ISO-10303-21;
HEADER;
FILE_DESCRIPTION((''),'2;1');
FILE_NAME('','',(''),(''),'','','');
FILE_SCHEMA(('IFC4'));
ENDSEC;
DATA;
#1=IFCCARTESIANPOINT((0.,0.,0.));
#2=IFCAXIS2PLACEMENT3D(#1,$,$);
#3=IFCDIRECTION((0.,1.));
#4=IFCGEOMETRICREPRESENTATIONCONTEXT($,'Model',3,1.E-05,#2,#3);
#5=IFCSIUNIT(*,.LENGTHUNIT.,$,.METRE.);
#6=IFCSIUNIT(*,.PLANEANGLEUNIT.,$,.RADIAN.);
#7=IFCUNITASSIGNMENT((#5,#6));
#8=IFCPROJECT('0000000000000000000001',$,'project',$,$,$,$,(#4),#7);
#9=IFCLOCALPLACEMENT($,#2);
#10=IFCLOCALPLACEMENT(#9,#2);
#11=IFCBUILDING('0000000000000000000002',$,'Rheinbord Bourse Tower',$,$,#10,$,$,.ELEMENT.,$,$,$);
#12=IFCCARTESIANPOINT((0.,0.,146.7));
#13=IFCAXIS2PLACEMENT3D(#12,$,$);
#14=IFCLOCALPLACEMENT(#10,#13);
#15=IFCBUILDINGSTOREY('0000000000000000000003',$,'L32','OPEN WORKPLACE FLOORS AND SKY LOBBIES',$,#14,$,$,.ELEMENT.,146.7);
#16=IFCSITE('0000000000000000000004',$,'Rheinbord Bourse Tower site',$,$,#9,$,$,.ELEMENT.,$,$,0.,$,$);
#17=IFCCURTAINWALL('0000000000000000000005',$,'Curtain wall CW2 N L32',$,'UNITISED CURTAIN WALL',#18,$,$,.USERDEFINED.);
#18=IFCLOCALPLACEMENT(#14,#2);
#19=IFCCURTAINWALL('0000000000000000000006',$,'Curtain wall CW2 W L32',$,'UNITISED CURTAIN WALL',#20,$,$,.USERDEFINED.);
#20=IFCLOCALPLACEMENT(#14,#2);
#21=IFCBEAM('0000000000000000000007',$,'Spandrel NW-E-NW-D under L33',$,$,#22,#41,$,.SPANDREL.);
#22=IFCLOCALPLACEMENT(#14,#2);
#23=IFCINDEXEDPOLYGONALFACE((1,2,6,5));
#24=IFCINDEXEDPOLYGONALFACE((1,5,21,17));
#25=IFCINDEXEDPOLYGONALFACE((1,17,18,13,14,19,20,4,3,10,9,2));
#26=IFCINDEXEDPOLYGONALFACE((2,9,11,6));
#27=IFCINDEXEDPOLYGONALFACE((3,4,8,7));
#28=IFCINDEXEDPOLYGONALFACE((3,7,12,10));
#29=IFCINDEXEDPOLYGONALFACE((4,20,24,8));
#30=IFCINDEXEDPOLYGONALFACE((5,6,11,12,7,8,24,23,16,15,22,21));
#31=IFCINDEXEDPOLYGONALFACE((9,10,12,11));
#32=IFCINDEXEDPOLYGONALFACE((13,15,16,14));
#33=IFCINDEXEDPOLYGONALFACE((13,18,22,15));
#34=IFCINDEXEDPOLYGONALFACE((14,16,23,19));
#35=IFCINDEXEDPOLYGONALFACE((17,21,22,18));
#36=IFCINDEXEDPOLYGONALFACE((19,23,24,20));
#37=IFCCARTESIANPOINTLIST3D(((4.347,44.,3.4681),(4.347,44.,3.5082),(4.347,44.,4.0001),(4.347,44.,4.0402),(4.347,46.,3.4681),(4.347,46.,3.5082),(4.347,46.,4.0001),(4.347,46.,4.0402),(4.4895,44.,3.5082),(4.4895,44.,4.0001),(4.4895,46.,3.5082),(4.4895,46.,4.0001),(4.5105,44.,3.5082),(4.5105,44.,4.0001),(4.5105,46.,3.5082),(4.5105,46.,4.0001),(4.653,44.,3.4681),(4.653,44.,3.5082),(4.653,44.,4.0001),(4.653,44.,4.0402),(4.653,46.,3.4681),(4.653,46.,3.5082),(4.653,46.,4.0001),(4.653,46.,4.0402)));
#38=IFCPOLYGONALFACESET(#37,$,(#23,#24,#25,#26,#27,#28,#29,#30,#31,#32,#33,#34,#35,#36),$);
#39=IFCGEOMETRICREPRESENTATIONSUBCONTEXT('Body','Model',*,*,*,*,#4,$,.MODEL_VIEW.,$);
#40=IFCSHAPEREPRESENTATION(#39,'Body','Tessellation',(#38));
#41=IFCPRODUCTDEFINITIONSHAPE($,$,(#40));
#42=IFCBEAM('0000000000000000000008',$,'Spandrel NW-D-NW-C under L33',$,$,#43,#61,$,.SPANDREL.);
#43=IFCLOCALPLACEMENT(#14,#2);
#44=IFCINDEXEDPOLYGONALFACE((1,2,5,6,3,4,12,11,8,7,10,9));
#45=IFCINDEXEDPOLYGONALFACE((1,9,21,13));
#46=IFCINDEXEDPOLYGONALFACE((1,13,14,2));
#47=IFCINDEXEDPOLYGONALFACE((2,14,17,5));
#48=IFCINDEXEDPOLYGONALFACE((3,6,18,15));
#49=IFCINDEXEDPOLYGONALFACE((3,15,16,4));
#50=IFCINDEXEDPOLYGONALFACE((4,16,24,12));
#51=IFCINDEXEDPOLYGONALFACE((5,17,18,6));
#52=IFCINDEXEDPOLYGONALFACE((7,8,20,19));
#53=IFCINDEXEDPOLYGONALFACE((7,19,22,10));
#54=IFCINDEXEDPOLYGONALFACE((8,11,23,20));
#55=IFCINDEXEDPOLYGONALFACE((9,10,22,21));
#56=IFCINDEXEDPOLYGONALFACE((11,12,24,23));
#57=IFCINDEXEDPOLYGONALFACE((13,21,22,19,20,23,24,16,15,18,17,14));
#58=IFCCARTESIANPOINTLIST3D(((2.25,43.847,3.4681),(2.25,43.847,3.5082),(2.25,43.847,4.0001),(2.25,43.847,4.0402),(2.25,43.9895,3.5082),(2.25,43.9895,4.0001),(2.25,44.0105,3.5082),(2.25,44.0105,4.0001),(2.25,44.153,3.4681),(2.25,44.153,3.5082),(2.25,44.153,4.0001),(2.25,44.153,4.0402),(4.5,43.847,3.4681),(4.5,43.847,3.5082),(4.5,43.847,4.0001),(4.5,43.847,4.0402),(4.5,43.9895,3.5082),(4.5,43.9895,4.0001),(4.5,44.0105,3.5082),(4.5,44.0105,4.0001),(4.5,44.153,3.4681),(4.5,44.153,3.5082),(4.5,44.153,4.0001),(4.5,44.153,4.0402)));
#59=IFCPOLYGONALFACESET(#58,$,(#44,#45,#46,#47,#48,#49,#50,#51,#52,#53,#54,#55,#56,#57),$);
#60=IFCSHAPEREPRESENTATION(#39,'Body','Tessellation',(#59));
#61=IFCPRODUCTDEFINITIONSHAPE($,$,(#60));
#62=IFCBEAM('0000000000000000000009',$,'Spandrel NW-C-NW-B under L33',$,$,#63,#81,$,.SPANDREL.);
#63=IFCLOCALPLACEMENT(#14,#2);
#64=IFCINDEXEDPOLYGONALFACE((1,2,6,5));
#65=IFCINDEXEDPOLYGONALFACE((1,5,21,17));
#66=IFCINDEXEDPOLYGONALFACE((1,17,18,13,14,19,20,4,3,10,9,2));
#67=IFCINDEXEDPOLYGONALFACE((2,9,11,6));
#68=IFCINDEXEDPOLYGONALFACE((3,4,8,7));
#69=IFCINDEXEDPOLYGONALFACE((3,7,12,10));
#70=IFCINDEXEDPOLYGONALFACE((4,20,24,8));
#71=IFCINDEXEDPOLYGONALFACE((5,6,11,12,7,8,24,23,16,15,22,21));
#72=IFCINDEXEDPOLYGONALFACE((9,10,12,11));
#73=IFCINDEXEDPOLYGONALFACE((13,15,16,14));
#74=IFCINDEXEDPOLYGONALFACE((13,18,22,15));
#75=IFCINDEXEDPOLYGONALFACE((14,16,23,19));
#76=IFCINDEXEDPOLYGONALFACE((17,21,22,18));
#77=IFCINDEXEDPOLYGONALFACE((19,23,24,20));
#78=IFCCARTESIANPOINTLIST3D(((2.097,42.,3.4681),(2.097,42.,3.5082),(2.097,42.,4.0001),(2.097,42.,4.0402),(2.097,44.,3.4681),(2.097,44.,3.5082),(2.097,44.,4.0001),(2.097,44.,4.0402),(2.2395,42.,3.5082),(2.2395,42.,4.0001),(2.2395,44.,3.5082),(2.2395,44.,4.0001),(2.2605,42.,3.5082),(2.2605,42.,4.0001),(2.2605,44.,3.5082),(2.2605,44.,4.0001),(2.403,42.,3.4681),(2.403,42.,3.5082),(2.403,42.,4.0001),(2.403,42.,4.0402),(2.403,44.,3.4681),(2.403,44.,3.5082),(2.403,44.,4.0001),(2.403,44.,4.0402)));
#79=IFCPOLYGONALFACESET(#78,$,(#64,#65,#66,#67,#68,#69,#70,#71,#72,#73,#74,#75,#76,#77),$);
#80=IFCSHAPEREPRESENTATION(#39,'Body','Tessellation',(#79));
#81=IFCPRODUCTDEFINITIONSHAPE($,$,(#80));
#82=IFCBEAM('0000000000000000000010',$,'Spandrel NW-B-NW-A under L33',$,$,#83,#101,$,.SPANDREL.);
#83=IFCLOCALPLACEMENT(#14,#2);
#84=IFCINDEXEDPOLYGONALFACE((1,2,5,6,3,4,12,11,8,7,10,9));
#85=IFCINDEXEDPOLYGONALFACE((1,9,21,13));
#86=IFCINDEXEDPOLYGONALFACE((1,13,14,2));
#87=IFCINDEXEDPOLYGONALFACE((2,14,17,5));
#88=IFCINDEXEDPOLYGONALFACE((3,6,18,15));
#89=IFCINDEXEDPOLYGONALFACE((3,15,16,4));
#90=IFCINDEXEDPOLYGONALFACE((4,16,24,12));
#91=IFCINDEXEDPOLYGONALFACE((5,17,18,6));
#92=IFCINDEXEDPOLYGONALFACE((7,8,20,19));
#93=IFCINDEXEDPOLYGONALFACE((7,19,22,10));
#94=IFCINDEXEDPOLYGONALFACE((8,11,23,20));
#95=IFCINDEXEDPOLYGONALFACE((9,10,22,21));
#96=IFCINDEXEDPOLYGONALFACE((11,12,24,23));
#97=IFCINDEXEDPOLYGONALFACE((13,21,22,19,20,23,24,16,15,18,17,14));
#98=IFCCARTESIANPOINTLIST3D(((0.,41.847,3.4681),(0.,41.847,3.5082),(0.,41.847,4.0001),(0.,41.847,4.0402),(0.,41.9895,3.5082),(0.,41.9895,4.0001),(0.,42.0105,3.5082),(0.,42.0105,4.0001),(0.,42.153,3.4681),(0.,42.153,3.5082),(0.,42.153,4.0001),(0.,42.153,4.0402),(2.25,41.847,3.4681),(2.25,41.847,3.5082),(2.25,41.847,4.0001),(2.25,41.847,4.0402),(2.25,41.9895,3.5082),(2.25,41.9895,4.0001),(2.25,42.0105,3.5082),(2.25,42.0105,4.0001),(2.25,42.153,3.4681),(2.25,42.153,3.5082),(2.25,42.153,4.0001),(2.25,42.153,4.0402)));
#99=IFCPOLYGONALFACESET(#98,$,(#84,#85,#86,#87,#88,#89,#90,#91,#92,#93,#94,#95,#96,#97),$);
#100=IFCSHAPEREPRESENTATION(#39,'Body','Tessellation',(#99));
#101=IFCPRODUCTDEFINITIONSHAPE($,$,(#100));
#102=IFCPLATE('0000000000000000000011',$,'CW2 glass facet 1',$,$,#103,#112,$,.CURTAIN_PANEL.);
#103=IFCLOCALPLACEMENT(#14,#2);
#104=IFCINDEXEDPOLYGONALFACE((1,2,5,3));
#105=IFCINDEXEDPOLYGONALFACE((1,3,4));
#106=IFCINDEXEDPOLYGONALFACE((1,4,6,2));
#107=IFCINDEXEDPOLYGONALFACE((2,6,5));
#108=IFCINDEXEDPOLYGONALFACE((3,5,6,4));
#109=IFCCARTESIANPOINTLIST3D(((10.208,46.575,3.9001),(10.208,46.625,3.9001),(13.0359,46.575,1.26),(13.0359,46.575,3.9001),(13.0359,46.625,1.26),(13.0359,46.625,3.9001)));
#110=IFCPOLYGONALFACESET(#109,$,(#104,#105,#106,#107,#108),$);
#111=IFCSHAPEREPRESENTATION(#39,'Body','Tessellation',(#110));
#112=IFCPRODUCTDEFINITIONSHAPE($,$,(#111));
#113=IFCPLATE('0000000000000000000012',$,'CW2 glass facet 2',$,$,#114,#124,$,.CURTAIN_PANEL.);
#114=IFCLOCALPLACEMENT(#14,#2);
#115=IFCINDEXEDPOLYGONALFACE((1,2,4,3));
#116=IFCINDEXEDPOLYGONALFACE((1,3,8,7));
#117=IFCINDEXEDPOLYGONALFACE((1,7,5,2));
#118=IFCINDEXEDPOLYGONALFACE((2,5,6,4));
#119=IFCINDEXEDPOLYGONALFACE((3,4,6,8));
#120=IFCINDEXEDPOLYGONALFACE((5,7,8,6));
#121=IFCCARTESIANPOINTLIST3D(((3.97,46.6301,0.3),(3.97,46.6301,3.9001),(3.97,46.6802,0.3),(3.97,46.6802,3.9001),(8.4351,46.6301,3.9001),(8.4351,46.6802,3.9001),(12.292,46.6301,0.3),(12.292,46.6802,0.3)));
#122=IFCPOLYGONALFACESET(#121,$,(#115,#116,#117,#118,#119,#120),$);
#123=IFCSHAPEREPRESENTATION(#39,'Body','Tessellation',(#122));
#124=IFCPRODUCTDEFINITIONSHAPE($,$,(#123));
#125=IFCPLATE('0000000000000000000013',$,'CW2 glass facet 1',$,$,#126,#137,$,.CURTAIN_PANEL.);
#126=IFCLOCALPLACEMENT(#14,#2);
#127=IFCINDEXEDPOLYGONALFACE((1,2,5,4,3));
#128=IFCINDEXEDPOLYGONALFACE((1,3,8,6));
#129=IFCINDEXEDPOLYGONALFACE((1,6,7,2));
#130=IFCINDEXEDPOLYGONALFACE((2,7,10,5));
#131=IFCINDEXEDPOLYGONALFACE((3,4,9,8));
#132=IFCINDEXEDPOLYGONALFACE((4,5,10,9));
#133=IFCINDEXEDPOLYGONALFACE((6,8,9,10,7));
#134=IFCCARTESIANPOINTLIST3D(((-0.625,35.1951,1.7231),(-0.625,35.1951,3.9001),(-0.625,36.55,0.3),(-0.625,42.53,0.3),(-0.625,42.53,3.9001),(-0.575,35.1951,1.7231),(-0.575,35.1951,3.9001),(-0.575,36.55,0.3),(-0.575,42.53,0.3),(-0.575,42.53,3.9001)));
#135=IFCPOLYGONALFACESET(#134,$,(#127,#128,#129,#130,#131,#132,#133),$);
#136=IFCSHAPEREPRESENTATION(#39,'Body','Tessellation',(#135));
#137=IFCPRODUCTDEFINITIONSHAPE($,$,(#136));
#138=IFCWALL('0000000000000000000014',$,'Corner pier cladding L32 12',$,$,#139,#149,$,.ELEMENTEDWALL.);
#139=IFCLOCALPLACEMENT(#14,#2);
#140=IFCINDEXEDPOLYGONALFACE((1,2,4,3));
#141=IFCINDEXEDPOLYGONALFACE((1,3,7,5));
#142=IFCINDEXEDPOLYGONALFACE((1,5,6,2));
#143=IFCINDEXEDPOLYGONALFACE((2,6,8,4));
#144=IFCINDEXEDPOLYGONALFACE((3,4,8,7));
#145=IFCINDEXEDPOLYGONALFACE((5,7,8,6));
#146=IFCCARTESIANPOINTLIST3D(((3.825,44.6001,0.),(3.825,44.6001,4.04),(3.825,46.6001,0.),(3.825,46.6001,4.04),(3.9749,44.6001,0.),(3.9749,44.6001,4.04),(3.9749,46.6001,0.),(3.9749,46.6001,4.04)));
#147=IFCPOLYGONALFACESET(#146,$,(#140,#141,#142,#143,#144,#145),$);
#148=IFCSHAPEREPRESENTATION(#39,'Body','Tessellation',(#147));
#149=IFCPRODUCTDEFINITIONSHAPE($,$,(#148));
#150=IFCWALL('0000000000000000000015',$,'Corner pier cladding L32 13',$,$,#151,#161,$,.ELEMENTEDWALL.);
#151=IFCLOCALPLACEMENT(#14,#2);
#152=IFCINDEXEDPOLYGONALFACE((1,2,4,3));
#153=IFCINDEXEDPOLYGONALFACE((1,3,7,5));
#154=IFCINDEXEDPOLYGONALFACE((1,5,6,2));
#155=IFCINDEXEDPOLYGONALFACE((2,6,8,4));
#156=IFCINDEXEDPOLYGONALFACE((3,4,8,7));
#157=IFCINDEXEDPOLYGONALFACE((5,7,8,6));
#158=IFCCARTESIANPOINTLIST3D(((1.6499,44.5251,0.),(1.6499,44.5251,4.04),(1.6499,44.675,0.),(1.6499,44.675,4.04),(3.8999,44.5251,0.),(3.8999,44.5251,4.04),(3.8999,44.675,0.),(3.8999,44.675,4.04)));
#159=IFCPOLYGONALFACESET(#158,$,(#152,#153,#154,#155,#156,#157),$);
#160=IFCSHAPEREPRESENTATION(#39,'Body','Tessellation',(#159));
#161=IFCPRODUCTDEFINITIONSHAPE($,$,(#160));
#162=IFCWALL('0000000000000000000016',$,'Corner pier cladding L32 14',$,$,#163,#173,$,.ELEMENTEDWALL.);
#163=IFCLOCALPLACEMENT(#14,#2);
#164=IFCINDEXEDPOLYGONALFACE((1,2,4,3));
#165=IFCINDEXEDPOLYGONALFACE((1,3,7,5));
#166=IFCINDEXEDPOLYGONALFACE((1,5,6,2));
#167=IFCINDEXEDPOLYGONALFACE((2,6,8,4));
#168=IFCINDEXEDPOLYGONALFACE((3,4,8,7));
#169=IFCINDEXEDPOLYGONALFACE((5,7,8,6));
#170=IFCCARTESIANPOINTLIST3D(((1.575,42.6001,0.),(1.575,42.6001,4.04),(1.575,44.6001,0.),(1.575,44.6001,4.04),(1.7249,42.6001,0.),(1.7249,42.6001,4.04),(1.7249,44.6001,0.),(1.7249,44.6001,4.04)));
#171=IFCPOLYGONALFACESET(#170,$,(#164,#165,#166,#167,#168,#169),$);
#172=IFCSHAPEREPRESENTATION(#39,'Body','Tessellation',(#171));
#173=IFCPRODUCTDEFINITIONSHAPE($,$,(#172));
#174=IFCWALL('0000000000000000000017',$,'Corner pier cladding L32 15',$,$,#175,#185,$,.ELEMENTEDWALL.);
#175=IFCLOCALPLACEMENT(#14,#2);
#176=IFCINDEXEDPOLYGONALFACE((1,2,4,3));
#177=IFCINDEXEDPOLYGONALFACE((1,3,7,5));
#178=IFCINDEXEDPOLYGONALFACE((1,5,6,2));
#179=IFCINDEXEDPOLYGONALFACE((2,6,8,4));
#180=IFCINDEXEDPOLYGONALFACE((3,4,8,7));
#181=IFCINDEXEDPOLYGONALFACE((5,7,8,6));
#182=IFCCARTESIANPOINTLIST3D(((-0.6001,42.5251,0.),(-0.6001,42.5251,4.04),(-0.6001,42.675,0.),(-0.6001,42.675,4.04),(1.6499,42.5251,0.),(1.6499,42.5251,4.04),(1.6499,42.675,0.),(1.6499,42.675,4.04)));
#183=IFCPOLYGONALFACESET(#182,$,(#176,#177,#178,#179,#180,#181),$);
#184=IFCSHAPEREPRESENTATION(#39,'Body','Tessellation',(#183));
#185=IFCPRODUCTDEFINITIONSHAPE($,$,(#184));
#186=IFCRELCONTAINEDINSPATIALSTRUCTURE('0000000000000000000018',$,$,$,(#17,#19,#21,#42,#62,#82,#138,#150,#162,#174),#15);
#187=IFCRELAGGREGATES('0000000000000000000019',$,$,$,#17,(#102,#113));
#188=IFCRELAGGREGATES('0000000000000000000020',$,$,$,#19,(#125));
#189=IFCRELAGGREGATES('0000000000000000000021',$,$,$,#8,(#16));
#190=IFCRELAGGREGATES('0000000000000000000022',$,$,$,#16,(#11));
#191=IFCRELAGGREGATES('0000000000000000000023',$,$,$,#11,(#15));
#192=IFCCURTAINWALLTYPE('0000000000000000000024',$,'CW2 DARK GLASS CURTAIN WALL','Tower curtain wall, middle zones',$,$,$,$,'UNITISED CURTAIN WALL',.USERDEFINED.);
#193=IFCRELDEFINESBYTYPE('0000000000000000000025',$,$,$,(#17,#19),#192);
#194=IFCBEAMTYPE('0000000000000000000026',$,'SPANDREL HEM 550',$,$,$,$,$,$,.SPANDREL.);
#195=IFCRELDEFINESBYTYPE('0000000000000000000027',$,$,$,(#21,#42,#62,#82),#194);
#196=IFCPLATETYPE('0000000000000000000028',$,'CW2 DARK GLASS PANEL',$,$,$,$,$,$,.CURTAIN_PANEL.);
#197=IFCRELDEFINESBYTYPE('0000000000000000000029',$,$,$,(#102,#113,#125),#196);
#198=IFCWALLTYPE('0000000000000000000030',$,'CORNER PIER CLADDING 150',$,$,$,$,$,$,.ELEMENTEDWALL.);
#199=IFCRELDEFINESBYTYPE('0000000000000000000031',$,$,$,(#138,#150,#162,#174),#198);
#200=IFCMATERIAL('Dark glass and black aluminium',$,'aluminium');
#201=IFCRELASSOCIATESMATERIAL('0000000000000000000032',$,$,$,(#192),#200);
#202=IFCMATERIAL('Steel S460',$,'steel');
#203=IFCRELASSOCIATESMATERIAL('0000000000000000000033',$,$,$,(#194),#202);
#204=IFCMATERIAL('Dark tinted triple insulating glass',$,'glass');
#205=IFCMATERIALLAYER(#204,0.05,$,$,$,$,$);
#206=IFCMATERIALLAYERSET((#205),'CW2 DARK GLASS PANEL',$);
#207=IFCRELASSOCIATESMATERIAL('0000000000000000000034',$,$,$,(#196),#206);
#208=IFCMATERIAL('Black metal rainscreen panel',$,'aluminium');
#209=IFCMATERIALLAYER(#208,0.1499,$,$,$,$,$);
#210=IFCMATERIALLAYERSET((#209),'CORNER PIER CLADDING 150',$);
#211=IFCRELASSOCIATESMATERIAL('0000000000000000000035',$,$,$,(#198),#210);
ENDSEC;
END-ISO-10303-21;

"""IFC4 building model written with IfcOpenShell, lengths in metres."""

from ifc_helpers import new_model, si_unit, direction, frame, frame_2d, origin, origin_2d, place, context, subcontext, project, spatial, polyline, rectangle, i_section, outline, extrude, material, layer, layer_set, material_profile, profile_set, type_object, element, aggregate, save


model = new_model("IFC4")

# Units and contexts
model_context = context("Model", 3, precision=1e-05, world=origin(), true_north=direction((0.0, 1.0)))
body_context = subcontext(model_context, "Body", "Model", "MODEL_VIEW")
ifc_project = project(units=[si_unit("LENGTHUNIT", "METRE"), si_unit("PLANEANGLEUNIT", "RADIAN")], contexts=[model_context])

# Site, building, storey
site_placement = place(None, origin())
site = spatial("IfcSite", under=ifc_project, at=site_placement, Name="Rheinbord Bourse Tower site", CompositionType="ELEMENT", RefElevation=0.0)
building_placement = place(site_placement, origin())
building = spatial("IfcBuilding", under=site, at=building_placement, Name="Rheinbord Bourse Tower", CompositionType="ELEMENT")
storey_placement = place(building_placement, frame((0.0, 0.0, 146.7)))
storey = spatial("IfcBuildingStorey", under=building, at=storey_placement, Name="L32", Description="OPEN WORKPLACE FLOORS AND SKY LOBBIES", CompositionType="ELEMENT", Elevation=146.7)

# Curtain wall
ifc_material_1 = material(Name="Dark glass and black aluminium", Category="aluminium")
curtain_wall_type = type_object("IfcCurtainWallType", Name="CW2 DARK GLASS CURTAIN WALL", Description="Tower curtain wall, middle zones", ElementType="UNITISED CURTAIN WALL", PredefinedType="USERDEFINED", material=ifc_material_1)
curtain_wall_1_placement = place(storey_placement, origin())
curtain_wall_1 = element("IfcCurtainWall", 1, at=curtain_wall_1_placement, inside=storey, type_object=curtain_wall_type, Name="Curtain wall CW2 N L32", ObjectType="UNITISED CURTAIN WALL", PredefinedType="USERDEFINED")

# Curtain wall
curtain_wall_2_placement = place(storey_placement, origin())
curtain_wall_2 = element("IfcCurtainWall", 2, at=curtain_wall_2_placement, inside=storey, type_object=curtain_wall_type, Name="Curtain wall CW2 W L32", ObjectType="UNITISED CURTAIN WALL", PredefinedType="USERDEFINED")

# Beams
ifc_material_2 = material(Name="Steel S460", Category="steel")
ifc_material_profile_1 = material_profile(ifc_material_2, i_section(OverallWidth=0.3059, OverallDepth=0.572, WebThickness=0.021, FlangeThickness=0.04, at=origin_2d()), Name="HEM 550")
ifc_profile_set_1 = profile_set([ifc_material_profile_1], Name="Steel S460")
beam_type_1 = type_object("IfcBeamType", Name="SPANDREL HEM 550", PredefinedType="SPANDREL", material=ifc_profile_set_1)
beam_1_placement = place(storey_placement, frame((4.5, 46.0, 3.7542), z_axis=(0.0, -1.0, 0.0), x_axis=(1.0, 0.0, 0.0)))
element("IfcBeam", 3, at=beam_1_placement, inside=storey, type_object=beam_type_1, Name="Spandrel NW-E-NW-D under L33", PredefinedType="SPANDREL", context=body_context, shape_type="SweptSolid", body=[
    extrude(i_section(OverallWidth=0.3059, OverallDepth=0.572, WebThickness=0.021, FlangeThickness=0.04, at=origin_2d()), origin(), (0.0, 0.0, 1.0), 2.0),
])
beam_2_placement = place(storey_placement, frame((4.5, 44.0, 3.7542), z_axis=(-1.0, 0.0, 0.0), x_axis=(0.0, -1.0, 0.0)))
element("IfcBeam", 4, at=beam_2_placement, inside=storey, type_object=beam_type_1, Name="Spandrel NW-D-NW-C under L33", PredefinedType="SPANDREL", context=body_context, shape_type="SweptSolid", body=[
    extrude(i_section(OverallWidth=0.3059, OverallDepth=0.572, WebThickness=0.021, FlangeThickness=0.04, at=origin_2d()), origin(), (0.0, 0.0, 1.0), 2.25),
])
beam_3_placement = place(storey_placement, frame((2.25, 44.0, 3.7542), z_axis=(0.0, -1.0, 0.0), x_axis=(1.0, 0.0, 0.0)))
element("IfcBeam", 5, at=beam_3_placement, inside=storey, type_object=beam_type_1, Name="Spandrel NW-C-NW-B under L33", PredefinedType="SPANDREL", context=body_context, shape_type="SweptSolid", body=[
    extrude(i_section(OverallWidth=0.3059, OverallDepth=0.572, WebThickness=0.021, FlangeThickness=0.04, at=origin_2d()), origin(), (0.0, 0.0, 1.0), 2.0),
])
beam_4_placement = place(storey_placement, frame((2.25, 42.0, 3.7542), z_axis=(-1.0, 0.0, 0.0), x_axis=(0.0, -1.0, 0.0)))
element("IfcBeam", 6, at=beam_4_placement, inside=storey, type_object=beam_type_1, Name="Spandrel NW-B-NW-A under L33", PredefinedType="SPANDREL", context=body_context, shape_type="SweptSolid", body=[
    extrude(i_section(OverallWidth=0.3059, OverallDepth=0.572, WebThickness=0.021, FlangeThickness=0.04, at=origin_2d()), origin(), (0.0, 0.0, 1.0), 2.25),
])

# Plates
ifc_material_3 = material(Name="Dark tinted triple insulating glass", Category="glass")
ifc_layer_1 = layer(ifc_material_3, 0.05)
ifc_layer_set_1 = layer_set([ifc_layer_1], Name="CW2 DARK GLASS PANEL")
plate_type = type_object("IfcPlateType", Name="CW2 DARK GLASS PANEL", PredefinedType="CURTAIN_PANEL", material=ifc_layer_set_1)
plate_1_placement = place(storey_placement, frame((13.0359, 46.625, 3.9001), z_axis=(0.0, -1.0, 0.0), x_axis=(-1.0, 0.0, 0.0)))
plate_1 = element("IfcPlate", 7, at=plate_1_placement, type_object=plate_type, Name="CW2 glass facet 1", PredefinedType="CURTAIN_PANEL", context=body_context, shape_type="SweptSolid", body=[
    extrude(outline(polyline([(0.0, 0.0), (2.8279, 0.0), (0.0, 2.6401), (0.0, 0.0)])), origin(), (0.0, 0.0, 1.0), 0.05),
])
plate_2_placement = place(storey_placement, frame((3.97, 46.6802, 3.9001), z_axis=(0.0, -1.0, 0.0), x_axis=(0.0, 0.0, -1.0)))
plate_2 = element("IfcPlate", 8, at=plate_2_placement, type_object=plate_type, Name="CW2 glass facet 2", PredefinedType="CURTAIN_PANEL", context=body_context, shape_type="SweptSolid", body=[
    extrude(outline(polyline([(0.0, 0.0), (3.6001, 0.0), (3.6001, 8.322), (0.0, 4.4651), (0.0, 0.0)])), origin(), (0.0, 0.0, 1.0), 0.05),
])
aggregate(curtain_wall_1, [plate_1, plate_2])
plate_3_placement = place(storey_placement, frame((-0.625, 42.53, 0.3), z_axis=(1.0, 0.0, 0.0), x_axis=(0.0, 0.0, 1.0)))
plate_3 = element("IfcPlate", 9, at=plate_3_placement, type_object=plate_type, Name="CW2 glass facet 1", PredefinedType="CURTAIN_PANEL", context=body_context, shape_type="SweptSolid", body=[
    extrude(outline(polyline([(0.0, 0.0), (3.6001, 0.0), (3.6001, 7.335), (1.4231, 7.335), (0.0, 5.98), (0.0, 0.0)])), origin(), (0.0, 0.0, 1.0), 0.05),
])
aggregate(curtain_wall_2, [plate_3])

# Walls
ifc_material_4 = material(Name="Black metal rainscreen panel", Category="aluminium")
ifc_layer_2 = layer(ifc_material_4, 0.1499)
ifc_layer_set_2 = layer_set([ifc_layer_2], Name="CORNER PIER CLADDING 150")
wall_type = type_object("IfcWallType", Name="CORNER PIER CLADDING 150", PredefinedType="ELEMENTEDWALL", material=ifc_layer_set_2)
wall_1_placement = place(storey_placement, frame((3.8999, 46.6001, 0.0), z_axis=(0.0, 0.0, 1.0), x_axis=(0.0, -1.0, 0.0)))
element("IfcWall", 10, at=wall_1_placement, inside=storey, type_object=wall_type, Name="Corner pier cladding L32 12", PredefinedType="ELEMENTEDWALL", context=body_context, shape_type="SweptSolid", body=[
    extrude(rectangle(XDim=2.0, YDim=0.1499, at=frame_2d((1.0, 0.0))), origin(), (0.0, 0.0, 1.0), 4.04),
])
wall_2_placement = place(storey_placement, frame((3.8999, 44.6001, 0.0), z_axis=(0.0, 0.0, 1.0), x_axis=(-1.0, 0.0, 0.0)))
element("IfcWall", 11, at=wall_2_placement, inside=storey, type_object=wall_type, Name="Corner pier cladding L32 13", PredefinedType="ELEMENTEDWALL", context=body_context, shape_type="SweptSolid", body=[
    extrude(rectangle(XDim=2.25, YDim=0.1499, at=frame_2d((1.125, 0.0))), origin(), (0.0, 0.0, 1.0), 4.04),
])
wall_3_placement = place(storey_placement, frame((1.6499, 44.6001, 0.0), z_axis=(0.0, 0.0, 1.0), x_axis=(0.0, -1.0, 0.0)))
element("IfcWall", 12, at=wall_3_placement, inside=storey, type_object=wall_type, Name="Corner pier cladding L32 14", PredefinedType="ELEMENTEDWALL", context=body_context, shape_type="SweptSolid", body=[
    extrude(rectangle(XDim=2.0, YDim=0.1499, at=frame_2d((1.0, 0.0))), origin(), (0.0, 0.0, 1.0), 4.04),
])
wall_4_placement = place(storey_placement, frame((1.6499, 42.6001, 0.0), z_axis=(0.0, 0.0, 1.0), x_axis=(-1.0, 0.0, 0.0)))
element("IfcWall", 13, at=wall_4_placement, inside=storey, type_object=wall_type, Name="Corner pier cladding L32 15", PredefinedType="ELEMENTEDWALL", context=body_context, shape_type="SweptSolid", body=[
    extrude(rectangle(XDim=2.25, YDim=0.1499, at=frame_2d((1.125, 0.0))), origin(), (0.0, 0.0, 1.0), 4.04),
])

save(model, "model.ifc")
